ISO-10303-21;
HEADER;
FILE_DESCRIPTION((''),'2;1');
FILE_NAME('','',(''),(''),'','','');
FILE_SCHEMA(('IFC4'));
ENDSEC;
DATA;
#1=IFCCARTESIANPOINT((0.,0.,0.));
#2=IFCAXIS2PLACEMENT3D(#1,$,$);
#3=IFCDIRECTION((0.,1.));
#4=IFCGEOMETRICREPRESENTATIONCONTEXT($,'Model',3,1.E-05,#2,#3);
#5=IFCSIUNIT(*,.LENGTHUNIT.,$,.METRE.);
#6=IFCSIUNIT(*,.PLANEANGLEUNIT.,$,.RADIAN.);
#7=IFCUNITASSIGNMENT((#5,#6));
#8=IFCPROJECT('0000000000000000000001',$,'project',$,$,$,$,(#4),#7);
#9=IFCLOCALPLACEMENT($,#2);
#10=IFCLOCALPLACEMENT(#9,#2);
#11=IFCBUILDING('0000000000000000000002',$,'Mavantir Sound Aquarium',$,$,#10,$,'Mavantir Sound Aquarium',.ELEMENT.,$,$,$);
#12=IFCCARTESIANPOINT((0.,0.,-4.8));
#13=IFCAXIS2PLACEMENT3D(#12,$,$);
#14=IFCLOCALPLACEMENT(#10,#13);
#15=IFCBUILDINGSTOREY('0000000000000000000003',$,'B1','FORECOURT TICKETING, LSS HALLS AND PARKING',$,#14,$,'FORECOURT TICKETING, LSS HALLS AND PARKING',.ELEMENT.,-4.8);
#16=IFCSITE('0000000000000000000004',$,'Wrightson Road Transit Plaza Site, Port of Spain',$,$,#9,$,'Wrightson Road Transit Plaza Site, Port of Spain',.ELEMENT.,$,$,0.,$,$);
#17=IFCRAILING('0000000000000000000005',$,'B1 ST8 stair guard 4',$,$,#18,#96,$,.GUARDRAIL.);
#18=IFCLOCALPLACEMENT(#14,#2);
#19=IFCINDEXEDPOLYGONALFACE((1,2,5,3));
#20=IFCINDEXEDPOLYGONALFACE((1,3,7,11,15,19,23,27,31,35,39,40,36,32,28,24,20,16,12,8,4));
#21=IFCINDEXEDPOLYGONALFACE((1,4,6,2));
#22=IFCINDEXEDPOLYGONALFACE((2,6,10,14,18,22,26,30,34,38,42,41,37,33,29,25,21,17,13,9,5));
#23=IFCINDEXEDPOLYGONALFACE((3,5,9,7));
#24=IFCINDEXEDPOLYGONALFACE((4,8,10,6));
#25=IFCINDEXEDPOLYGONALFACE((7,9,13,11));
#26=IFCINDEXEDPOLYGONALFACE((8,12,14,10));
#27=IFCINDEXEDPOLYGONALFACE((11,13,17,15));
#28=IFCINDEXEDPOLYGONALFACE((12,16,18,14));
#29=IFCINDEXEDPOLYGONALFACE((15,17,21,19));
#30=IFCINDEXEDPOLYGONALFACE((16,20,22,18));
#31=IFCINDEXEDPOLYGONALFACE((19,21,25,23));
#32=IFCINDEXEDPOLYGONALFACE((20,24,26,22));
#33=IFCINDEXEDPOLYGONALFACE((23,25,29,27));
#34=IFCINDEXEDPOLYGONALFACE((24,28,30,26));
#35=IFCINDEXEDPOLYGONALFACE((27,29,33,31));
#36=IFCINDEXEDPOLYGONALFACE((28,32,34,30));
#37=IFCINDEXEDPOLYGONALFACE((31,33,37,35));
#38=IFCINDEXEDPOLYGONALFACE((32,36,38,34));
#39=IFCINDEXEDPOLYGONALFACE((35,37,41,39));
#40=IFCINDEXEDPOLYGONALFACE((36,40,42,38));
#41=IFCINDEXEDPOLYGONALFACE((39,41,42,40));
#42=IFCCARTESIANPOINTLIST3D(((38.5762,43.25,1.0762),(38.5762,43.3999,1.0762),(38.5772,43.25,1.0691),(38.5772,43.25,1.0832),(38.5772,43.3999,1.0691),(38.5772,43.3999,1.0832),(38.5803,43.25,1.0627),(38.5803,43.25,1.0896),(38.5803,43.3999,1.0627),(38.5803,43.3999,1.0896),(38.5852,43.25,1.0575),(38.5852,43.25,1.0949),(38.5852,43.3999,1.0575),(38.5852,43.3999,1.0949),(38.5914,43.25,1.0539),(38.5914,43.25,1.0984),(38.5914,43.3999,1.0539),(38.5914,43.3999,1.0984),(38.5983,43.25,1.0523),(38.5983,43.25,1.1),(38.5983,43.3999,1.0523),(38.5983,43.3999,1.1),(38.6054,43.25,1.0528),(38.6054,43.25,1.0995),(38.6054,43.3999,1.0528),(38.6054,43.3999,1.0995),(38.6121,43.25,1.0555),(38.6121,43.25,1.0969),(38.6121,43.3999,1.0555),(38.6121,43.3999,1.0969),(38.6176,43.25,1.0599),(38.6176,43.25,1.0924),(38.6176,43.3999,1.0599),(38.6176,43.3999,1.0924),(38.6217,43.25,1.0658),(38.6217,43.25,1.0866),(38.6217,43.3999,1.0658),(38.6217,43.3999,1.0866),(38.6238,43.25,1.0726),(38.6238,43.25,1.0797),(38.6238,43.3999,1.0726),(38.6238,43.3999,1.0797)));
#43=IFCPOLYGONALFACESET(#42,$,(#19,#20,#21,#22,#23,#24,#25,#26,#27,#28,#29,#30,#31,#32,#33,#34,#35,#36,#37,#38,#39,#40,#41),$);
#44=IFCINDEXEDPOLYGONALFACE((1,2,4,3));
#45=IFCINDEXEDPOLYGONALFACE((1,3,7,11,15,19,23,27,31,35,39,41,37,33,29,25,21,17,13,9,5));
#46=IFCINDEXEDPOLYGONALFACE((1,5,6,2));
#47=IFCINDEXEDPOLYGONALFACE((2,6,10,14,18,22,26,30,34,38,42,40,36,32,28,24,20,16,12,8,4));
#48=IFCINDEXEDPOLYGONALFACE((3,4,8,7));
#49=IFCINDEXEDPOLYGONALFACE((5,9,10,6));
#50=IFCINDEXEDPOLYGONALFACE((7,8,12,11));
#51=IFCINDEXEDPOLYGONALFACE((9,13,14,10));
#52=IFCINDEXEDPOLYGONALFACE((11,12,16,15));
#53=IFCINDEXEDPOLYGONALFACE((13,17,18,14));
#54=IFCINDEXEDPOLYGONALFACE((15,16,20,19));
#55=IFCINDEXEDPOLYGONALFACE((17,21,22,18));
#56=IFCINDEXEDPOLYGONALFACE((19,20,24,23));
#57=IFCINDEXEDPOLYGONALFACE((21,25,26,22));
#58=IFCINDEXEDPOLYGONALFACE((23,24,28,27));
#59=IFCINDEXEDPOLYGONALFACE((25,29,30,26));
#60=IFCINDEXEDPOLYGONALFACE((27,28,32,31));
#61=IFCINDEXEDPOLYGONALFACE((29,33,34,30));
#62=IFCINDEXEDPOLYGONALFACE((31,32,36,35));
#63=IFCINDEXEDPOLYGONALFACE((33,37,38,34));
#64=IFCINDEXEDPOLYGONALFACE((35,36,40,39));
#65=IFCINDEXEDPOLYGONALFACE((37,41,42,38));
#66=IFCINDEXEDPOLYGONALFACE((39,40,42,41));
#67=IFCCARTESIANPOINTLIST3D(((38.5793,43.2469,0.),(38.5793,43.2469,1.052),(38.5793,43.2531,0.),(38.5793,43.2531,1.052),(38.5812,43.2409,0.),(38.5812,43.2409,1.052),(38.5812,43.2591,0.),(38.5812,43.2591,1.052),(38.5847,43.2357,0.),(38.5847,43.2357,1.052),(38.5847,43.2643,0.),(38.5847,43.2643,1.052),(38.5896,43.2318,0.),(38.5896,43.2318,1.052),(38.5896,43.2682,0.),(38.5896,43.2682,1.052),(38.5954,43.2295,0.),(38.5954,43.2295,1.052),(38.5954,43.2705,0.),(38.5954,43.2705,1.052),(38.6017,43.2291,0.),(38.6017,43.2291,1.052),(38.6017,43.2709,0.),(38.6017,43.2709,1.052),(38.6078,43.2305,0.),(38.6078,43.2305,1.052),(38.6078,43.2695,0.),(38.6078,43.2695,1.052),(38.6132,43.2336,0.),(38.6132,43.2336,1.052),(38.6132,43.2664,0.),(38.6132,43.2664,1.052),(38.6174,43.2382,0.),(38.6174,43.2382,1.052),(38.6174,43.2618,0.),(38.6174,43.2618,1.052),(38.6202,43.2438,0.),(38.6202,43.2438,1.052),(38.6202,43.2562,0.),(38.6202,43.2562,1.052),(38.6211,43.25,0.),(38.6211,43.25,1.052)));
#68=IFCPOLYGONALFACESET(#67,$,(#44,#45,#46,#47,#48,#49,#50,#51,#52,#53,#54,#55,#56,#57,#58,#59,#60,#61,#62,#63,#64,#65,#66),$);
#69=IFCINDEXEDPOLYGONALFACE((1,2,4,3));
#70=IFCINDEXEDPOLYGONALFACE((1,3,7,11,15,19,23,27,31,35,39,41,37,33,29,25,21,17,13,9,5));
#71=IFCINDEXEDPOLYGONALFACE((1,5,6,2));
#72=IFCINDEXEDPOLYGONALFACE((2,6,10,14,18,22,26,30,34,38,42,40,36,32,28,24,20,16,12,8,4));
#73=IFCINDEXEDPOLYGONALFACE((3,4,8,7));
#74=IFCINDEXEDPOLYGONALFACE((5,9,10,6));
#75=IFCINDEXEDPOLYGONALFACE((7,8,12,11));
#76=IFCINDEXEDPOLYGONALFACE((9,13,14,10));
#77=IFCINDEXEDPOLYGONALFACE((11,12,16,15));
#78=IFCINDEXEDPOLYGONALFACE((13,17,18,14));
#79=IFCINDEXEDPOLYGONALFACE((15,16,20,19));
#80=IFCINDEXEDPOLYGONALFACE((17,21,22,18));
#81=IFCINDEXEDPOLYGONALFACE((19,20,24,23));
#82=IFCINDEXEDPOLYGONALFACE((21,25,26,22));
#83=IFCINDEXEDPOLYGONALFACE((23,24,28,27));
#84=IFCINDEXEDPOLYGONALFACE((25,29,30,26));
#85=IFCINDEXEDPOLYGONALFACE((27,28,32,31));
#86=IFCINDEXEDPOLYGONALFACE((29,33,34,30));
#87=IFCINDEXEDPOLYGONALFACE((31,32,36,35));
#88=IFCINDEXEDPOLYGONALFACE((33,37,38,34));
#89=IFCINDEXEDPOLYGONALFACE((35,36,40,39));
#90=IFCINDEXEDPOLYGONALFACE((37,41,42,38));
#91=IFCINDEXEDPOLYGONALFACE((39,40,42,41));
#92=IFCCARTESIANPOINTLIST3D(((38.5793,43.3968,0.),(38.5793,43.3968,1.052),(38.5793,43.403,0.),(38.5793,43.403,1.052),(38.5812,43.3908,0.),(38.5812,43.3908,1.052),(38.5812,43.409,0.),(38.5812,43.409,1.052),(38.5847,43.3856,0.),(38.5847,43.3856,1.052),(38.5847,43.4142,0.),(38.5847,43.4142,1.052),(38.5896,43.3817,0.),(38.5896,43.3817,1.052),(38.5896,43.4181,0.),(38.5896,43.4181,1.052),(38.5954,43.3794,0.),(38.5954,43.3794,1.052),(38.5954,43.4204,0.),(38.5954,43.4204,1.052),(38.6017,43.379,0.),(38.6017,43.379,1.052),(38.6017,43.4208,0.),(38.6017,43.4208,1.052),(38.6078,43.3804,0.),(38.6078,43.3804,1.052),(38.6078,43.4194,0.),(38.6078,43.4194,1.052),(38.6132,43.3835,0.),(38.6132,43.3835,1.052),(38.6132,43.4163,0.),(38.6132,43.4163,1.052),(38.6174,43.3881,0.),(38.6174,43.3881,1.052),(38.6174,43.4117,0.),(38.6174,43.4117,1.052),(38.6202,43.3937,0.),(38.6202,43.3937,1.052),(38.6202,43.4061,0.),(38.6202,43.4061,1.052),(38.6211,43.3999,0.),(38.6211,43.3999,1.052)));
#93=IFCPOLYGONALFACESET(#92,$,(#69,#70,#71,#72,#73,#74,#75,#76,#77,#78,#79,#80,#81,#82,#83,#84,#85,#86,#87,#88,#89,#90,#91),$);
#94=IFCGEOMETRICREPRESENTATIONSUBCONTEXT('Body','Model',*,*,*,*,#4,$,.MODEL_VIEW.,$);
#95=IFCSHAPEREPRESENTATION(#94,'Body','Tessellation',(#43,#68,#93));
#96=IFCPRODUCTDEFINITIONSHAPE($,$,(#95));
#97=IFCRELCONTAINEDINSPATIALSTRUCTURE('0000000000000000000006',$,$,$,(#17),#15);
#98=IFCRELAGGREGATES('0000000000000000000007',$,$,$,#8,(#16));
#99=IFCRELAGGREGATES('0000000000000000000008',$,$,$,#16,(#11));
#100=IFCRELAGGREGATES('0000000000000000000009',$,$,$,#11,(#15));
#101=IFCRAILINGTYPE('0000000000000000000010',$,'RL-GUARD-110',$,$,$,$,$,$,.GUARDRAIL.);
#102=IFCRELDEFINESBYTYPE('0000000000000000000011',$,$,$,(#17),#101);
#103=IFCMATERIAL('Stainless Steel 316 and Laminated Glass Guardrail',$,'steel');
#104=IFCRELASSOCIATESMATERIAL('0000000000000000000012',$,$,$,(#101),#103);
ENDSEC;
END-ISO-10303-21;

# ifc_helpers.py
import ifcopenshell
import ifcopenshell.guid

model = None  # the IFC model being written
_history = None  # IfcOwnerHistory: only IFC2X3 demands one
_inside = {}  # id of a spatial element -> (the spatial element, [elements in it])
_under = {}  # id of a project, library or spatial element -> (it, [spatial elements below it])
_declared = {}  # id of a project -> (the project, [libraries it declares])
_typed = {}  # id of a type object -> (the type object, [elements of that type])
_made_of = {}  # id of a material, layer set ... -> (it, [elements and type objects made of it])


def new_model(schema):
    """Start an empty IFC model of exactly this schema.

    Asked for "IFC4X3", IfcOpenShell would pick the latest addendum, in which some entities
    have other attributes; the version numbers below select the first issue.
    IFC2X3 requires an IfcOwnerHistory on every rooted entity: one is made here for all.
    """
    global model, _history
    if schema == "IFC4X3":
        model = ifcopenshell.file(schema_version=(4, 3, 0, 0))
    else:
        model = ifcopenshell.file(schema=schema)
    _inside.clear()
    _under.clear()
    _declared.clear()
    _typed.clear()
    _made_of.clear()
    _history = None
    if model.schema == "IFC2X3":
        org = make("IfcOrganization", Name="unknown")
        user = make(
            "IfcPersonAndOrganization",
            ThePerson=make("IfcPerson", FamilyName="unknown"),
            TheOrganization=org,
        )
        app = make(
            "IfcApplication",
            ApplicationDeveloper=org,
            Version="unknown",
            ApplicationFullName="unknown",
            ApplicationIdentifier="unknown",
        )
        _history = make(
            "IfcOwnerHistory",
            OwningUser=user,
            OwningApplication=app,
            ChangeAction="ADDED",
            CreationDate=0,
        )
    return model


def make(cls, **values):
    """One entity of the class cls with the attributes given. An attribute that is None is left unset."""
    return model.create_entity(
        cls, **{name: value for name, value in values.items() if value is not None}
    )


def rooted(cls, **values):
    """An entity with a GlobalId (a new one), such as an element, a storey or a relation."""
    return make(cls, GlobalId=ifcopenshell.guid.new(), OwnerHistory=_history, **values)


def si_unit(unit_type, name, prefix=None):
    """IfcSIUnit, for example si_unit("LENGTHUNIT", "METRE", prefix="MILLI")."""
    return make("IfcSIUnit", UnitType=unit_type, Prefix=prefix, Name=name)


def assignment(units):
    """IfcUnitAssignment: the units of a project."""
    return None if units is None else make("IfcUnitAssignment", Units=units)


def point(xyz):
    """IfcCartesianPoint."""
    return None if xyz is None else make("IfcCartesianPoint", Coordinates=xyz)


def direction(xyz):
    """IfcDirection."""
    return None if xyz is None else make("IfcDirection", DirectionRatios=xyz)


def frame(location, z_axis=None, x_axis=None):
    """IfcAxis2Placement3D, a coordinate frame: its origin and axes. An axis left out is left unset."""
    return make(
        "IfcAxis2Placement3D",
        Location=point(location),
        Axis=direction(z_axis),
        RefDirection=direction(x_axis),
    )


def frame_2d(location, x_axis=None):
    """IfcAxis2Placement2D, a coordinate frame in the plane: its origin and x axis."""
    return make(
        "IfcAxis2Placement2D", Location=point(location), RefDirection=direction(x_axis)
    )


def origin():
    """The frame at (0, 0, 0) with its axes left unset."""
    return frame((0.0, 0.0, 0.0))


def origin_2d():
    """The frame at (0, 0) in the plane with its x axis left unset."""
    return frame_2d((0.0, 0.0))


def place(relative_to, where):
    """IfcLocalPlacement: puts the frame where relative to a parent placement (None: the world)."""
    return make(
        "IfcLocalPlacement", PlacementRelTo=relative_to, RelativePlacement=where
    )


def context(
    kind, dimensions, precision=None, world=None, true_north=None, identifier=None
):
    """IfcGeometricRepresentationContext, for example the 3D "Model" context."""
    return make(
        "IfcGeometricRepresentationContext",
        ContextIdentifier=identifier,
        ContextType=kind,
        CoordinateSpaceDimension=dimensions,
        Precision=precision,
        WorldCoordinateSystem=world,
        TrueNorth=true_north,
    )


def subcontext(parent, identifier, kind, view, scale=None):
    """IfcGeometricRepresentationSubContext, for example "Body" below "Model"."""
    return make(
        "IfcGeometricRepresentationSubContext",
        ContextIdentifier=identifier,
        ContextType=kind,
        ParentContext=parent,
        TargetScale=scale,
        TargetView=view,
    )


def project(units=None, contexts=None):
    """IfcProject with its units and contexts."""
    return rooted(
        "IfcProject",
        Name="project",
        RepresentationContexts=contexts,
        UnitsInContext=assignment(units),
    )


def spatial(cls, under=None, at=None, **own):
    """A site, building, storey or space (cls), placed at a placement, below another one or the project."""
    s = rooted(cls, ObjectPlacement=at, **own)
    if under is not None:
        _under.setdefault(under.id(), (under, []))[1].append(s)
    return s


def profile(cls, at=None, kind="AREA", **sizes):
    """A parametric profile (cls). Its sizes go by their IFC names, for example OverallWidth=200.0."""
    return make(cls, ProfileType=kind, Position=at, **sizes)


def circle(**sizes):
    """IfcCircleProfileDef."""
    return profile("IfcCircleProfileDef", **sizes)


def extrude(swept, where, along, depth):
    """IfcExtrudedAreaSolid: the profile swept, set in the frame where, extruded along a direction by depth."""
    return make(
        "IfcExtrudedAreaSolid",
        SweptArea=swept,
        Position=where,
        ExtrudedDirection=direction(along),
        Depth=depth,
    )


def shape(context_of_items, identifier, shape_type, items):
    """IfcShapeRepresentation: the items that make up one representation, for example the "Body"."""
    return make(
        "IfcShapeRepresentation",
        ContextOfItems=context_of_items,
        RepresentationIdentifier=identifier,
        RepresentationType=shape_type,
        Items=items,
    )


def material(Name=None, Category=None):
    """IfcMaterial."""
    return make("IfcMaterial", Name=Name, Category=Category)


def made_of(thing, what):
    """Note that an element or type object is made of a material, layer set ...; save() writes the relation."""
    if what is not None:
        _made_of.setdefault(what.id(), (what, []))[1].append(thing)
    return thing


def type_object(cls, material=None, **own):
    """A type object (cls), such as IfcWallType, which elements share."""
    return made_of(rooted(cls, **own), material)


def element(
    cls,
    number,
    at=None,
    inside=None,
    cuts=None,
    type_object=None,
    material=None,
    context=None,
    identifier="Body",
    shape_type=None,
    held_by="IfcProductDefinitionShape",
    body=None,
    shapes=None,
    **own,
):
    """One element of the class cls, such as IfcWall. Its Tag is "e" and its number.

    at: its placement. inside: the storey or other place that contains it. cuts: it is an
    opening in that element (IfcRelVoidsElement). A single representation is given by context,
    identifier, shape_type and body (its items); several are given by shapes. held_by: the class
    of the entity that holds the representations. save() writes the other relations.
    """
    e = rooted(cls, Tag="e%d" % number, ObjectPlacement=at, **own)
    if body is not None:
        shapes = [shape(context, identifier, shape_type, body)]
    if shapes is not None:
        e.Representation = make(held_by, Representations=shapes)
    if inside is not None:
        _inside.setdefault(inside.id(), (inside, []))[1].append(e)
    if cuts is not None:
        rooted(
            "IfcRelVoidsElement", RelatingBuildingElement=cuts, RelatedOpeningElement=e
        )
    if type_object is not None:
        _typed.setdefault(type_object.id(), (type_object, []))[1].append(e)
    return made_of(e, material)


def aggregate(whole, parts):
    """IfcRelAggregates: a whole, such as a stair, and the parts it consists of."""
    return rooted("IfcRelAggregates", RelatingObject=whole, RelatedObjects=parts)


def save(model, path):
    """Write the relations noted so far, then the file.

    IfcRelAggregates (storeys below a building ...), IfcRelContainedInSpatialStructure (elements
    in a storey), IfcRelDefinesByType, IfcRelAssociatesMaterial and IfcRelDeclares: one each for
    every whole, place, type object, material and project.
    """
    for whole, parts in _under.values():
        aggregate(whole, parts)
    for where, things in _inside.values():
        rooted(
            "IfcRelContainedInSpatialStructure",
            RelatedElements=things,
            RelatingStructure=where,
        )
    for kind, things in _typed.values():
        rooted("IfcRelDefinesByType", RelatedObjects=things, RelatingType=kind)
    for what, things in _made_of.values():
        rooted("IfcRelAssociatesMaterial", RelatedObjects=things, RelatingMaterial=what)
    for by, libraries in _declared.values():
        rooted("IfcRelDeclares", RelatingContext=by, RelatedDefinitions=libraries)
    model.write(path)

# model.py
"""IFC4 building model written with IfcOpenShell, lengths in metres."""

from ifc_helpers import new_model, si_unit, direction, frame, origin, origin_2d, place, context, subcontext, project, spatial, circle, extrude, material, type_object, element, save


model = new_model("IFC4")

# Units and contexts
model_context = context("Model", 3, precision=1e-05, world=origin(), true_north=direction((0.0, 1.0)))
body_context = subcontext(model_context, "Body", "Model", "MODEL_VIEW")
ifc_project = project(units=[si_unit("LENGTHUNIT", "METRE"), si_unit("PLANEANGLEUNIT", "RADIAN")], contexts=[model_context])

# Site, building, storey
site_placement = place(None, origin())
site = spatial("IfcSite", under=ifc_project, at=site_placement, Name="Wrightson Road Transit Plaza Site, Port of Spain", LongName="Wrightson Road Transit Plaza Site, Port of Spain", CompositionType="ELEMENT", RefElevation=0.0)
building_placement = place(site_placement, origin())
building = spatial("IfcBuilding", under=site, at=building_placement, Name="Mavantir Sound Aquarium", LongName="Mavantir Sound Aquarium", CompositionType="ELEMENT")
storey_placement = place(building_placement, frame((0.0, 0.0, -4.8)))
storey = spatial("IfcBuildingStorey", under=building, at=storey_placement, Name="B1", Description="FORECOURT TICKETING, LSS HALLS AND PARKING", LongName="FORECOURT TICKETING, LSS HALLS AND PARKING", CompositionType="ELEMENT", Elevation=-4.8)

# Railing
ifc_material_1 = material(Name="Stainless Steel 316 and Laminated Glass Guardrail", Category="steel")
railing_type_1 = type_object("IfcRailingType", Name="RL-GUARD-110", PredefinedType="GUARDRAIL", material=ifc_material_1)
railing_1_placement = place(storey_placement, frame((38.6001, 43.25, 0.0)))
element("IfcRailing", 1, at=railing_1_placement, inside=storey, type_object=railing_type_1, Name="B1 ST8 stair guard 4", PredefinedType="GUARDRAIL", context=body_context, shape_type="SweptSolid", body=[
    extrude(circle(Radius=0.0239, at=origin_2d()), frame((0.0, 0.0, 1.0762), z_axis=(0.0, 1.0, 0.0), x_axis=(-1.0, 0.0, 0.0)), (0.0, 0.0, 1.0), 0.1499),
    extrude(circle(Radius=0.021, at=origin_2d()), origin(), (0.0, 0.0, 1.0), 1.052),
    extrude(circle(Radius=0.021, at=origin_2d()), frame((0.0, 0.1499, 0.0)), (0.0, 0.0, 1.0), 1.052),
])

save(model, "model.ifc")
